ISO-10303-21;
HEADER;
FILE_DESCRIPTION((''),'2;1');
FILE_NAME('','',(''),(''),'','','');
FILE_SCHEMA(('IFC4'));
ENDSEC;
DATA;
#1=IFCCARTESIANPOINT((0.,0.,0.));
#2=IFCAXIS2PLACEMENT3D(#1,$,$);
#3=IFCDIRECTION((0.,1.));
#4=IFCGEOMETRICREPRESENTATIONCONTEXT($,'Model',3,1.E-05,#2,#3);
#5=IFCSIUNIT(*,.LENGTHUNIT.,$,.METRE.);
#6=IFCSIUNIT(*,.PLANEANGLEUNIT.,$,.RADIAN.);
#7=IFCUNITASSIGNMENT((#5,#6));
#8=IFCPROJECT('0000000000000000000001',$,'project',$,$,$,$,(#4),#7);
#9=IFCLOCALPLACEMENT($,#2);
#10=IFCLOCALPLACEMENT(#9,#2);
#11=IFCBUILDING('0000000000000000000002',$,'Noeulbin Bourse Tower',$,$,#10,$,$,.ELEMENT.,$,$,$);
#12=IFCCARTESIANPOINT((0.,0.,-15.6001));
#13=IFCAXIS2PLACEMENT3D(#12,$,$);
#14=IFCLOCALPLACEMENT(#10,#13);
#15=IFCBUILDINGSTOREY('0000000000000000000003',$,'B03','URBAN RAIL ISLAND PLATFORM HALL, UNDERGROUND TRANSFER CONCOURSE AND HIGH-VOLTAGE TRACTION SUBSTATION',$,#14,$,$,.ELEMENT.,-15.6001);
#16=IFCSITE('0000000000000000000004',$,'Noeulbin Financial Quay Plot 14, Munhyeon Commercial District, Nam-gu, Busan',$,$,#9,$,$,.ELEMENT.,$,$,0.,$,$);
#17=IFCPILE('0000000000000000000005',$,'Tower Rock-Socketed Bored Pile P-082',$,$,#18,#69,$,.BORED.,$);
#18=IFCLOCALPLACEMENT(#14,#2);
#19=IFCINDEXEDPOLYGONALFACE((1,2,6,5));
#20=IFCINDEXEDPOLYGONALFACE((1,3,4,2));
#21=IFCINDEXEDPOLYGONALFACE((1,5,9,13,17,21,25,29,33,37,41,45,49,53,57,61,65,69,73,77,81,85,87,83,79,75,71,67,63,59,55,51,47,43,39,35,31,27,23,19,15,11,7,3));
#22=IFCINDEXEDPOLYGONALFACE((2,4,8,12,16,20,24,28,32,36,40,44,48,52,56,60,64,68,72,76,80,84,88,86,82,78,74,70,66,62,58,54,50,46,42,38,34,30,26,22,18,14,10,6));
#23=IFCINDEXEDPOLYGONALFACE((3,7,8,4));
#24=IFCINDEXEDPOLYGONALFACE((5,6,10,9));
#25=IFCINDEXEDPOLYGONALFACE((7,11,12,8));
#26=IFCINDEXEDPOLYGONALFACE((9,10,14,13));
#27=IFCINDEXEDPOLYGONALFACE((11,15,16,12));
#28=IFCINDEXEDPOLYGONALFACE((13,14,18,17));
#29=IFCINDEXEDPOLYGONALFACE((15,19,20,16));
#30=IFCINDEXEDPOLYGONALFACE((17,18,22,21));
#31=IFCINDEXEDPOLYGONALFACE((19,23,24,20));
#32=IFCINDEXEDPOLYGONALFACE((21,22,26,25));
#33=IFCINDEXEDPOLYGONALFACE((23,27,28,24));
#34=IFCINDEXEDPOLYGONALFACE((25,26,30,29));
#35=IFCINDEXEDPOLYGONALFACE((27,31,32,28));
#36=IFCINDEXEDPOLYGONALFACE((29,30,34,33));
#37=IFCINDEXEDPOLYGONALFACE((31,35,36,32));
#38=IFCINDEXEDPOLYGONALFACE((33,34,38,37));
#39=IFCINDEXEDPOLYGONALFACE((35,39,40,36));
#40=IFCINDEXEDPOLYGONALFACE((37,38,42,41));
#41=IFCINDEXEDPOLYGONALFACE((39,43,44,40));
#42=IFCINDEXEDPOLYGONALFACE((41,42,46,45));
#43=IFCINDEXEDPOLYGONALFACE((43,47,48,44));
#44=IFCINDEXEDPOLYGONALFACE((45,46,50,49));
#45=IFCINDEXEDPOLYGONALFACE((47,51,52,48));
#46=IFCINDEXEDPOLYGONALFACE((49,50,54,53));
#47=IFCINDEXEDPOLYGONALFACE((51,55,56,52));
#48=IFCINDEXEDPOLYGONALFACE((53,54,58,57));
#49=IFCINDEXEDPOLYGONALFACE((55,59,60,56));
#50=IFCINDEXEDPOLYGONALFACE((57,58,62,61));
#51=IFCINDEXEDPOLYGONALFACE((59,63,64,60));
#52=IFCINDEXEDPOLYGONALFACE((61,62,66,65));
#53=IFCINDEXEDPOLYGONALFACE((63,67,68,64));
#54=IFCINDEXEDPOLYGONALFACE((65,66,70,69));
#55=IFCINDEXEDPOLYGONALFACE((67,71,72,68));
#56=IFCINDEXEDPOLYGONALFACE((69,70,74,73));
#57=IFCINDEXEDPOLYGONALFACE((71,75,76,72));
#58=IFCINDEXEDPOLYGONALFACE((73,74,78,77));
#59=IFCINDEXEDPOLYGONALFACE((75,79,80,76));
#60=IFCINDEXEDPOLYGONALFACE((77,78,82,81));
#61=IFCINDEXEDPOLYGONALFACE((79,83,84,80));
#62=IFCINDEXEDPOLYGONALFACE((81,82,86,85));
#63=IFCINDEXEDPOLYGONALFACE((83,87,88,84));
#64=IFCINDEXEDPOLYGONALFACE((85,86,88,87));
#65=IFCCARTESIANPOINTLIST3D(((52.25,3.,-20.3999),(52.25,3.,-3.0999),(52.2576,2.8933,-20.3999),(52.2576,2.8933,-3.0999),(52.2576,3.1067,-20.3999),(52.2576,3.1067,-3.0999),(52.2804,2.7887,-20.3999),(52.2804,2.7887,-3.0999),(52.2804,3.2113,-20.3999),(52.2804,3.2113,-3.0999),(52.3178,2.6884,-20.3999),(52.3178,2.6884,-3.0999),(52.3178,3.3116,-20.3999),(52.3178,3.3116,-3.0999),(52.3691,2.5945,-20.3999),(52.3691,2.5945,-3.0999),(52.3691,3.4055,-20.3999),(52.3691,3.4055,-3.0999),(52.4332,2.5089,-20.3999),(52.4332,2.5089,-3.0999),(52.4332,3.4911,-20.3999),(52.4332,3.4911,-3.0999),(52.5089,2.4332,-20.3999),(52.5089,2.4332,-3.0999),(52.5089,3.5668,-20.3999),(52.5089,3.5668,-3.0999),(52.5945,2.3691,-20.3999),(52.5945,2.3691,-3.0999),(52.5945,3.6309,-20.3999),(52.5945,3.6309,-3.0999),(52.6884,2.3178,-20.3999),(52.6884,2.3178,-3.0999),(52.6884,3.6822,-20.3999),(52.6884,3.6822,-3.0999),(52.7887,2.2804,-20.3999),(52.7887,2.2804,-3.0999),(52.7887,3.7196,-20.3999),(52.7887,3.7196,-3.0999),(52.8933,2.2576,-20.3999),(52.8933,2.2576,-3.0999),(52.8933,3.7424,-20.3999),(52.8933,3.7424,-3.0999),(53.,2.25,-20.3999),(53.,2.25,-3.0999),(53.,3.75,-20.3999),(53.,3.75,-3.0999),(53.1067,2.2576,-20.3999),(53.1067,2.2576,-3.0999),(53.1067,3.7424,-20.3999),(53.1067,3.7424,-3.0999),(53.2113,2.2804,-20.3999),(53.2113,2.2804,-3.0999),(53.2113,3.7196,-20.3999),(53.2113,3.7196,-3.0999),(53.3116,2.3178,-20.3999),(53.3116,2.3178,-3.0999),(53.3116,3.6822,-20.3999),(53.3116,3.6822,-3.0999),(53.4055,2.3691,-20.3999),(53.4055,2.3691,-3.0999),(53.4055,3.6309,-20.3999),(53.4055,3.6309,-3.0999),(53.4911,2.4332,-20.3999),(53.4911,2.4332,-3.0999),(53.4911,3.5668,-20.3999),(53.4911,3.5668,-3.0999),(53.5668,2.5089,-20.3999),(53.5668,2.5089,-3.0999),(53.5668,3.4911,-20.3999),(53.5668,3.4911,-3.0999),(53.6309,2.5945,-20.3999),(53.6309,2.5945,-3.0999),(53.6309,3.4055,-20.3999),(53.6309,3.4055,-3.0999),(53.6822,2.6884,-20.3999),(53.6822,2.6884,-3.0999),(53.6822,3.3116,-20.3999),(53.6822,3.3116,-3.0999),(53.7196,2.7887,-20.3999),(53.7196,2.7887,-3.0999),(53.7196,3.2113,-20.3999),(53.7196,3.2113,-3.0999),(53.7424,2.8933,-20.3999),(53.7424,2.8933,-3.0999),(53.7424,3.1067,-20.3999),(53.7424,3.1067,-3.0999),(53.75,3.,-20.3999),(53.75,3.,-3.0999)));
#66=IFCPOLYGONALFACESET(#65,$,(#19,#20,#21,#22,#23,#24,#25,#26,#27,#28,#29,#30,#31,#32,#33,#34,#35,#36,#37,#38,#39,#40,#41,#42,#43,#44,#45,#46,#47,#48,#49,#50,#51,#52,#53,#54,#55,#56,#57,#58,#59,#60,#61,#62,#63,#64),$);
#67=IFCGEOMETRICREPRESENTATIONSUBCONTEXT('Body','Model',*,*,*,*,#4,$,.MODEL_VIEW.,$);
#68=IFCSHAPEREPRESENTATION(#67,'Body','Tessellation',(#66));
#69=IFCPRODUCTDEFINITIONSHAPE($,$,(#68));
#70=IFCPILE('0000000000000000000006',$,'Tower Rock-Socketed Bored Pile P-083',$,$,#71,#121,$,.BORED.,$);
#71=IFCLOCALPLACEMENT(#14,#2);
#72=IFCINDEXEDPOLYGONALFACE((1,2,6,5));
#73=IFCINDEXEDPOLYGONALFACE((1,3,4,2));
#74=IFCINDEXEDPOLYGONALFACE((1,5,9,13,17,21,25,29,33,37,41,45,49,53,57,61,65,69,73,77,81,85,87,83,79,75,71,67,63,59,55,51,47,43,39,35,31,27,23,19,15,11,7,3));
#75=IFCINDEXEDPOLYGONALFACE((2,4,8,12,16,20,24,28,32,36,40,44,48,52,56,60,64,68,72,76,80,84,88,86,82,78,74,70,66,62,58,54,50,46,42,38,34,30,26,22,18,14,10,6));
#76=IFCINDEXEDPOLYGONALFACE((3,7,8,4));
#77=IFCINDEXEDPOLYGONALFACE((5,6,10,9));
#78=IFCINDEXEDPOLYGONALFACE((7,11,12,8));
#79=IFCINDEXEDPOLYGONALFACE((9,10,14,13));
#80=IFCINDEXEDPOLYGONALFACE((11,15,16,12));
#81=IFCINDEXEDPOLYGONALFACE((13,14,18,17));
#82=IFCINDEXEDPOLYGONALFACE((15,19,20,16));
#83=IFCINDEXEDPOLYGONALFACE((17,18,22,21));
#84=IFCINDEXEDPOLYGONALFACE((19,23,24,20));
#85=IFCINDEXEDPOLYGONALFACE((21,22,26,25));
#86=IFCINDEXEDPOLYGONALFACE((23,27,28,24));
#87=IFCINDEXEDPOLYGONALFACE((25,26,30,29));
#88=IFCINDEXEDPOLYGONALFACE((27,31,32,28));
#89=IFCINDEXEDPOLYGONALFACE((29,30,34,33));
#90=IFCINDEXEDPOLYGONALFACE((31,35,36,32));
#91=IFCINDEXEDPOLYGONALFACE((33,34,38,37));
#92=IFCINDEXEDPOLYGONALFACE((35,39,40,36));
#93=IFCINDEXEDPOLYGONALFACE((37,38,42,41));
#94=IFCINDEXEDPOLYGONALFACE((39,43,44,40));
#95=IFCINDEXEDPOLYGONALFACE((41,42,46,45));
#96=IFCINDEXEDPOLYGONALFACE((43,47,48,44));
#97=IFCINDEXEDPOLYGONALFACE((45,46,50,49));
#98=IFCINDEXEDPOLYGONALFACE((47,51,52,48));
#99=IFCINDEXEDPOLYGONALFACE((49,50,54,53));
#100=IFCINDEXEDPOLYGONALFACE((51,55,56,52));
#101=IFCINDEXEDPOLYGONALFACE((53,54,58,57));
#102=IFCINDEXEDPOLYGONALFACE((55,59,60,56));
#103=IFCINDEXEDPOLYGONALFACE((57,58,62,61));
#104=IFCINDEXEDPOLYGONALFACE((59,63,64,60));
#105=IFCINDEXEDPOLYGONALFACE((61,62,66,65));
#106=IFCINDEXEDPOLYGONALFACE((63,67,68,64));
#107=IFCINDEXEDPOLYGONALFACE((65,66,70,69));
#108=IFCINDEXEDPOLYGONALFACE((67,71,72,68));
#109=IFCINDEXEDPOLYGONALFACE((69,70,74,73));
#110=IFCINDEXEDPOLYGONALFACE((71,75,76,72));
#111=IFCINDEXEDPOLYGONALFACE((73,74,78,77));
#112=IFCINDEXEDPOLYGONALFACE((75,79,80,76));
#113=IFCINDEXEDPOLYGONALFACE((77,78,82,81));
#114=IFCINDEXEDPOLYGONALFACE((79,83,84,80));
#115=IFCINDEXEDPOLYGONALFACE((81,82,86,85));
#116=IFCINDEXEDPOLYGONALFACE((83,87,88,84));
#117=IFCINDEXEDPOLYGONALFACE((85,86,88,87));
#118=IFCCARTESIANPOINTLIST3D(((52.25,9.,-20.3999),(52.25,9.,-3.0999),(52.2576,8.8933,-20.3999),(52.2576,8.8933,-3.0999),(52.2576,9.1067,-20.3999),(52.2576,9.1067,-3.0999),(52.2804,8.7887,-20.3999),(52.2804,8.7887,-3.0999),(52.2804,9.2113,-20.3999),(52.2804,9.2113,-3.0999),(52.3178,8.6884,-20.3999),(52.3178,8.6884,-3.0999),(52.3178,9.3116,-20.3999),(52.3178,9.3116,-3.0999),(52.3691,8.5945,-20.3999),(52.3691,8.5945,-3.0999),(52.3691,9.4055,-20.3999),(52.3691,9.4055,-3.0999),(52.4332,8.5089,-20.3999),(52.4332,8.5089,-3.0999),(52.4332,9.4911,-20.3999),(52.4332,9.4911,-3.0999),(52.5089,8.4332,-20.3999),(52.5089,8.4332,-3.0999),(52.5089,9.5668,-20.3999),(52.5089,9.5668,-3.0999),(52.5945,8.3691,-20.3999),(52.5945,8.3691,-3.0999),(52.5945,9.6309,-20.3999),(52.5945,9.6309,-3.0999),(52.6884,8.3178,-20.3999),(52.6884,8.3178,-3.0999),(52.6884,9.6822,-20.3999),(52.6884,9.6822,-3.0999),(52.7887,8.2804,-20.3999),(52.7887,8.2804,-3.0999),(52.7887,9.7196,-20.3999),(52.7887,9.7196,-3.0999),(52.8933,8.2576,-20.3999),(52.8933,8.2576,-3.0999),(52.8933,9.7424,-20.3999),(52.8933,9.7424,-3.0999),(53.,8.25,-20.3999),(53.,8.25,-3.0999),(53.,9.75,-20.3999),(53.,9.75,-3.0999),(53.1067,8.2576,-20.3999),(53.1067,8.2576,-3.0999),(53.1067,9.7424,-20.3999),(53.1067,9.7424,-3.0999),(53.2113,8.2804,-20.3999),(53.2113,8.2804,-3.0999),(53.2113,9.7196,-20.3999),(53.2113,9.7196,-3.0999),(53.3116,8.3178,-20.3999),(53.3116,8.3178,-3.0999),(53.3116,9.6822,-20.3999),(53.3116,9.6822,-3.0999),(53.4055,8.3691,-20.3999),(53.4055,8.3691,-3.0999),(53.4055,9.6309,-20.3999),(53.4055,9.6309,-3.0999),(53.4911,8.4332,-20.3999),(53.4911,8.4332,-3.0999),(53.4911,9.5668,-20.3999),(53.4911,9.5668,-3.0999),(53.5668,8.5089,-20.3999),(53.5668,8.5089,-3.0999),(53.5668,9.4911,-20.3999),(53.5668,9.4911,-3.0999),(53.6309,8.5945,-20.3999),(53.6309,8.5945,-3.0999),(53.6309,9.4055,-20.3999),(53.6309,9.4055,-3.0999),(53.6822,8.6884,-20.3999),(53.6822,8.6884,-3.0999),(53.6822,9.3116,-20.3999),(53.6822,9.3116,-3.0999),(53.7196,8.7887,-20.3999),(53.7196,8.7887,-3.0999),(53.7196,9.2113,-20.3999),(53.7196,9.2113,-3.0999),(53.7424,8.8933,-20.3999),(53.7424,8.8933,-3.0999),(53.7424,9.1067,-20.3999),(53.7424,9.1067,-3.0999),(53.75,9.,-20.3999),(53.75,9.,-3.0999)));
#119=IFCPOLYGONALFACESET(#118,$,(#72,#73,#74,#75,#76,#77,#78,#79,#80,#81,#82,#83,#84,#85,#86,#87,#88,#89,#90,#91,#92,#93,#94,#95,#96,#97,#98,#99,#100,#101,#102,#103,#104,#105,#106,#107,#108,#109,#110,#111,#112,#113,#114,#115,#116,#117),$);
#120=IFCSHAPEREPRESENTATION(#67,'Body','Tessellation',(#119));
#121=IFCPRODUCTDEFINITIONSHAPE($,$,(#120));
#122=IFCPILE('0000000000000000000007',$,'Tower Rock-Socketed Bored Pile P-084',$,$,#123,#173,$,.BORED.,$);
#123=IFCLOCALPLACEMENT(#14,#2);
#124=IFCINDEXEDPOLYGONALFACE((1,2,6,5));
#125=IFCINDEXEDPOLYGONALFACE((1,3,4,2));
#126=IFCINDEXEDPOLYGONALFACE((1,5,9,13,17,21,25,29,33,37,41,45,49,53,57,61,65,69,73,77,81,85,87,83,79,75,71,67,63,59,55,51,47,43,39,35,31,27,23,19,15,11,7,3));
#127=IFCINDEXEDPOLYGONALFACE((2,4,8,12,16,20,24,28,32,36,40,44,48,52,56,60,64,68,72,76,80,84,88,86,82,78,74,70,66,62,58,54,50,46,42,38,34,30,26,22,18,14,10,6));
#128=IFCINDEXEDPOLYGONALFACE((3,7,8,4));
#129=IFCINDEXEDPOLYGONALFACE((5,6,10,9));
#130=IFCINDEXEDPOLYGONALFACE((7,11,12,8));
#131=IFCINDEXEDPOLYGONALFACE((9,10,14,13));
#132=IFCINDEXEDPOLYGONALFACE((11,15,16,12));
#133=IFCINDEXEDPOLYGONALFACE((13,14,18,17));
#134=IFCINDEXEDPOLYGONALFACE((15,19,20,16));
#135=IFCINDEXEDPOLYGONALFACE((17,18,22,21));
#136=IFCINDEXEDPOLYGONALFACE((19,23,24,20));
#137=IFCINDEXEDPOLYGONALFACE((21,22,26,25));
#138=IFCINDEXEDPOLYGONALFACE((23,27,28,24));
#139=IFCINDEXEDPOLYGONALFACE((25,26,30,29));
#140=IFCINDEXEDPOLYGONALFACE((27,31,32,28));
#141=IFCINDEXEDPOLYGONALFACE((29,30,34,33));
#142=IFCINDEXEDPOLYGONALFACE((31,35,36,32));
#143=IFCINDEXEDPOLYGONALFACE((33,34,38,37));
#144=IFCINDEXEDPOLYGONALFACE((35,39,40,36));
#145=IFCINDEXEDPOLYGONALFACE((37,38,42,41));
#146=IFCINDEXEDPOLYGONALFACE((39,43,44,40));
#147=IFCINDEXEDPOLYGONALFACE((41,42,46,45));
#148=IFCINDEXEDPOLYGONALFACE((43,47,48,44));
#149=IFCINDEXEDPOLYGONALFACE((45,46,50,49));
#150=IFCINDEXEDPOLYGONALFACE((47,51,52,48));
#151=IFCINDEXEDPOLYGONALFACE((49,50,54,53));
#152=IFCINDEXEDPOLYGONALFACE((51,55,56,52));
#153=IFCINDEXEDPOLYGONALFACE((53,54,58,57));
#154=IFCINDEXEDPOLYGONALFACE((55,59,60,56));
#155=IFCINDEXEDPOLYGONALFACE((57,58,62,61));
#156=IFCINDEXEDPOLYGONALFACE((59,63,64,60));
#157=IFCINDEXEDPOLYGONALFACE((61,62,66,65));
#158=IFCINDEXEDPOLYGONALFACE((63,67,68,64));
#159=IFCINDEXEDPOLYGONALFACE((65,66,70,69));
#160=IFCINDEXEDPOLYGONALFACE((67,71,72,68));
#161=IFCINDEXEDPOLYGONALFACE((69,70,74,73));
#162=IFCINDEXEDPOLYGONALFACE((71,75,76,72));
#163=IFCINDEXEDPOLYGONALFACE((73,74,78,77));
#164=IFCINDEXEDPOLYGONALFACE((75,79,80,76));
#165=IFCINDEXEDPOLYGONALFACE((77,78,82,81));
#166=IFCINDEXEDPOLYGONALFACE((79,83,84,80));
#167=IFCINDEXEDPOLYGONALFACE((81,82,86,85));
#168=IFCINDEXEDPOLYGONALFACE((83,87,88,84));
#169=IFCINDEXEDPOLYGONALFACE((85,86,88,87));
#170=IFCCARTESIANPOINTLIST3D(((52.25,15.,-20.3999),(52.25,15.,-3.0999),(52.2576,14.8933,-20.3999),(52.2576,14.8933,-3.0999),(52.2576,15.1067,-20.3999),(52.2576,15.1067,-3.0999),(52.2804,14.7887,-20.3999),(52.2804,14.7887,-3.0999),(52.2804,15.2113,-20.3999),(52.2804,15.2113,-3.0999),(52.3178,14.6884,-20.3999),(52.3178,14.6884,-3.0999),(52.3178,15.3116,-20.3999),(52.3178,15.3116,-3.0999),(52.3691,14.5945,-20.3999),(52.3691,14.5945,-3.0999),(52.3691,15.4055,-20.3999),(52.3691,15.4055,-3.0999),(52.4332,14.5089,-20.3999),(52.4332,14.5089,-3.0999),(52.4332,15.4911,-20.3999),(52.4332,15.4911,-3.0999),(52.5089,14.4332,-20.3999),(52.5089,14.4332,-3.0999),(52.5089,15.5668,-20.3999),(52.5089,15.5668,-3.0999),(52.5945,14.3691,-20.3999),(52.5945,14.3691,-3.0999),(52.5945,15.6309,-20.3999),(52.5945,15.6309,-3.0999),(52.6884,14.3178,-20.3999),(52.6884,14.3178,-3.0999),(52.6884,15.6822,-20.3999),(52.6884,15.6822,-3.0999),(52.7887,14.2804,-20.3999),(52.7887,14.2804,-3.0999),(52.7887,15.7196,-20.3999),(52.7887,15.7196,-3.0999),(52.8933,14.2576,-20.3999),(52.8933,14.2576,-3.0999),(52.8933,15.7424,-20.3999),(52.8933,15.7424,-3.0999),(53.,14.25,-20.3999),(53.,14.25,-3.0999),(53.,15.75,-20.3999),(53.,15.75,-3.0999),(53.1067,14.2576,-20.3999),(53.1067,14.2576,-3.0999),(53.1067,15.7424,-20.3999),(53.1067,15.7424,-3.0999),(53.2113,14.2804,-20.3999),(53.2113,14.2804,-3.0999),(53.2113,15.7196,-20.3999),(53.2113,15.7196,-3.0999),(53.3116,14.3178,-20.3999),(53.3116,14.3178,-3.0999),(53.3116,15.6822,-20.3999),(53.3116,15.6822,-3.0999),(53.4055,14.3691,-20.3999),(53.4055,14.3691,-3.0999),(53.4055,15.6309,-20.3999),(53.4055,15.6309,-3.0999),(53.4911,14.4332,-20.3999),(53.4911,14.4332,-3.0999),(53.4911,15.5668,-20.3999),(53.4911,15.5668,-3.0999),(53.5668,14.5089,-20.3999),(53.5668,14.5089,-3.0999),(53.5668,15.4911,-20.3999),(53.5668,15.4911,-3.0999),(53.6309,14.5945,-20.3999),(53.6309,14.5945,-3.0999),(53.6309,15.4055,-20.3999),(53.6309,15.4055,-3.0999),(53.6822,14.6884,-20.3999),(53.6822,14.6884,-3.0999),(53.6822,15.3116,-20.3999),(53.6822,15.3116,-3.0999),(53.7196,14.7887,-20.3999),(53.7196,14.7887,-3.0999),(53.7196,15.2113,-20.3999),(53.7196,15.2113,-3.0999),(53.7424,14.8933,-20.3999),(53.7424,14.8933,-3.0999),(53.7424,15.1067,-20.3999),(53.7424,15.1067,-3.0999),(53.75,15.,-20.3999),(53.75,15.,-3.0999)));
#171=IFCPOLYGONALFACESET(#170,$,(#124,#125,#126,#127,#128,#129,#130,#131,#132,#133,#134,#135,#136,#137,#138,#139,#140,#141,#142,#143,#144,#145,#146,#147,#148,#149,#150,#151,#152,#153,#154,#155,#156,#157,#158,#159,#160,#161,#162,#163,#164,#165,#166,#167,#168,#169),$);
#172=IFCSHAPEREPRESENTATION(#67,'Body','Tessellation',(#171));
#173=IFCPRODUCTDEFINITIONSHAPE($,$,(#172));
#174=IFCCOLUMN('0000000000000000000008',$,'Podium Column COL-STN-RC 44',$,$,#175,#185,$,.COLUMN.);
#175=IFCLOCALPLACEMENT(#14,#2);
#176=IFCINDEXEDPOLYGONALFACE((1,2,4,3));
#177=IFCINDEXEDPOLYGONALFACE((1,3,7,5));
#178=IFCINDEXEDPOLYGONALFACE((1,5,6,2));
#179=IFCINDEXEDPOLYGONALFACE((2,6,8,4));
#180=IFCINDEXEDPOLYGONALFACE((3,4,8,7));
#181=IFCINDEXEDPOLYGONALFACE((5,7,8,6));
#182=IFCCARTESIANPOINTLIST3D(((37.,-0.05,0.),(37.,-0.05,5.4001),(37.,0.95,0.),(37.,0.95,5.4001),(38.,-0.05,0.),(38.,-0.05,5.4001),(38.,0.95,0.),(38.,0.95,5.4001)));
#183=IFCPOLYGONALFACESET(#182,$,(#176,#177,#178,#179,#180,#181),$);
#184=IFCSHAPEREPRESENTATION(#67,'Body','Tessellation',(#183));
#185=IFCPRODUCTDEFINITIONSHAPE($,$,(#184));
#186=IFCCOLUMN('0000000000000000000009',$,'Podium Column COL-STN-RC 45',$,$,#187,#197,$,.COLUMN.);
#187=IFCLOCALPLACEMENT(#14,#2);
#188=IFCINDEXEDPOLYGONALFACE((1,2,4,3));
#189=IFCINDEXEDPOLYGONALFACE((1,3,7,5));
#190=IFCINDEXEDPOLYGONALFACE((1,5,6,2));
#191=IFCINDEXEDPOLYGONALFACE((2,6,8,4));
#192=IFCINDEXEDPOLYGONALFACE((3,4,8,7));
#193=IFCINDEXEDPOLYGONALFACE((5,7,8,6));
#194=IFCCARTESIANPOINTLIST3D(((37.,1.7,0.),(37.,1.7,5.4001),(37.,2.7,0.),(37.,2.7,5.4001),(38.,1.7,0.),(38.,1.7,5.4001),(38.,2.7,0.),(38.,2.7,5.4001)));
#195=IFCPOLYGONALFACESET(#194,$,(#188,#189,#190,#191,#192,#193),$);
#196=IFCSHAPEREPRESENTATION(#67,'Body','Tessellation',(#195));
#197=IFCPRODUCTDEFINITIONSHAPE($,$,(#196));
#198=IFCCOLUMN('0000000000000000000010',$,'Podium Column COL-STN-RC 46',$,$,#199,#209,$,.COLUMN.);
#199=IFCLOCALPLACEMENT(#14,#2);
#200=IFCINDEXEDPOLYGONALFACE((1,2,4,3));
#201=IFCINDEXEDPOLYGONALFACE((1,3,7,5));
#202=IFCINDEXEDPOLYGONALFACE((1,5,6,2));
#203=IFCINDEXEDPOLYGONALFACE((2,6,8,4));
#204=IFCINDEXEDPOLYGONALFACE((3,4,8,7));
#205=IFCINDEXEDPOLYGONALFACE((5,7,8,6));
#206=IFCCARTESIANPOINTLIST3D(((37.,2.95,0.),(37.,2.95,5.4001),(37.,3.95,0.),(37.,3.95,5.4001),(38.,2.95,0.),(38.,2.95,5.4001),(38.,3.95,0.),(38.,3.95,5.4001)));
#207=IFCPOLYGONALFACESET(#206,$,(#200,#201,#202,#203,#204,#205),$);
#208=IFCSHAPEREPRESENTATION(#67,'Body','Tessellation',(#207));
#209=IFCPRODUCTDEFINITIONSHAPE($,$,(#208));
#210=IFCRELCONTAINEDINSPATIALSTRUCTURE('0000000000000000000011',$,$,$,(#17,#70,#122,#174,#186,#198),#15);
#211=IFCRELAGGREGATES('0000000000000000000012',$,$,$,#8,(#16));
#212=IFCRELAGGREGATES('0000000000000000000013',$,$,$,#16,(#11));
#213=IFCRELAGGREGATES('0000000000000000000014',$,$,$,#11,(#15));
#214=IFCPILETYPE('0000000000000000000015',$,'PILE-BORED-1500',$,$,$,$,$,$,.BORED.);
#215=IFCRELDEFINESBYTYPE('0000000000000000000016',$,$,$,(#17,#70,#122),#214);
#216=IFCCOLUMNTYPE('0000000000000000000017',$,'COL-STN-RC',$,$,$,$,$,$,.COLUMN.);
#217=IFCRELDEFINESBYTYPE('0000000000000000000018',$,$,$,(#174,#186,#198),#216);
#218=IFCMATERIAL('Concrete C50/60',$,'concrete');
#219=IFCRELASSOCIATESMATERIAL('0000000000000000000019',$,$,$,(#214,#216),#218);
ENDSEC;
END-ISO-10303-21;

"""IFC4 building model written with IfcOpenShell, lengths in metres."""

from ifc_helpers import new_model, si_unit, direction, frame, origin, origin_2d, place, context, subcontext, project, spatial, rectangle, circle, extrude, material, material_profile, profile_set, type_object, element, save


model = new_model("IFC4")

# Units and contexts
model_context = context("Model", 3, precision=1e-05, world=origin(), true_north=direction((0.0, 1.0)))
body_context = subcontext(model_context, "Body", "Model", "MODEL_VIEW")
ifc_project = project(units=[si_unit("LENGTHUNIT", "METRE"), si_unit("PLANEANGLEUNIT", "RADIAN")], contexts=[model_context])

# Site, building, storey
site_placement = place(None, origin())
site = spatial("IfcSite", under=ifc_project, at=site_placement, Name="Noeulbin Financial Quay Plot 14, Munhyeon Commercial District, Nam-gu, Busan", CompositionType="ELEMENT", RefElevation=0.0)
building_placement = place(site_placement, origin())
building = spatial("IfcBuilding", under=site, at=building_placement, Name="Noeulbin Bourse Tower", CompositionType="ELEMENT")
storey_placement = place(building_placement, frame((0.0, 0.0, -15.6001)))
storey = spatial("IfcBuildingStorey", under=building, at=storey_placement, Name="B03", Description="URBAN RAIL ISLAND PLATFORM HALL, UNDERGROUND TRANSFER CONCOURSE AND HIGH-VOLTAGE TRACTION SUBSTATION", CompositionType="ELEMENT", Elevation=-15.6001)

# Piles
ifc_material_1 = material(Name="Concrete C50/60", Category="concrete")
ifc_material_profile_1 = material_profile(ifc_material_1, circle(Radius=0.75, at=origin_2d()), Name="PILE-D1500", Category="LoadBearing")
ifc_profile_set_1 = profile_set([ifc_material_profile_1], Name="Concrete C50/60")
pile_type = type_object("IfcPileType", Name="PILE-BORED-1500", PredefinedType="BORED", material=ifc_profile_set_1)
for number, where, z_axis, x_axis, name in (
    (1, (53.0, 3.0, -3.0999), (0.0, 0.0, -1.0), (1.0, 0.0, 0.0), "Tower Rock-Socketed Bored Pile P-082"),
    (2, (53.0, 9.0, -3.0999), (0.0, 0.0, -1.0), (1.0, 0.0, 0.0), "Tower Rock-Socketed Bored Pile P-083"),
    (3, (53.0, 15.0, -3.0999), (0.0, 0.0, -1.0), (1.0, 0.0, 0.0), "Tower Rock-Socketed Bored Pile P-084"),
):
    element("IfcPile", number, at=place(storey_placement, frame(where, z_axis=z_axis, x_axis=x_axis)), inside=storey, type_object=pile_type, Name=name, PredefinedType="BORED", context=body_context, shape_type="SweptSolid", body=[
        extrude(circle(Radius=0.75, at=origin_2d()), origin(), (0.0, 0.0, 1.0), 17.3),
    ])

# Columns
ifc_material_profile_2 = material_profile(ifc_material_1, rectangle(XDim=1.0, YDim=1.0, at=origin_2d()), Name="RC-COL-1000x1000", Category="LoadBearing")
ifc_profile_set_2 = profile_set([ifc_material_profile_2], Name="Concrete C50/60")
column_type = type_object("IfcColumnType", Name="COL-STN-RC", PredefinedType="COLUMN", material=ifc_profile_set_2)
for number, where, z_axis, x_axis, name in (
    (4, (37.5, 0.45, 0.0), (0.0, 0.0, 1.0), (1.0, 0.0, 0.0), "Podium Column COL-STN-RC 44"),
    (5, (37.5, 2.2, 0.0), (0.0, 0.0, 1.0), (1.0, 0.0, 0.0), "Podium Column COL-STN-RC 45"),
    (6, (37.5, 3.45, 0.0), (0.0, 0.0, 1.0), (1.0, 0.0, 0.0), "Podium Column COL-STN-RC 46"),
):
    element("IfcColumn", number, at=place(storey_placement, frame(where, z_axis=z_axis, x_axis=x_axis)), inside=storey, type_object=column_type, Name=name, PredefinedType="COLUMN", context=body_context, shape_type="SweptSolid", body=[
        extrude(rectangle(XDim=1.0, YDim=1.0, at=origin_2d()), origin(), (0.0, 0.0, 1.0), 5.4001),
    ])

save(model, "model.ifc")
